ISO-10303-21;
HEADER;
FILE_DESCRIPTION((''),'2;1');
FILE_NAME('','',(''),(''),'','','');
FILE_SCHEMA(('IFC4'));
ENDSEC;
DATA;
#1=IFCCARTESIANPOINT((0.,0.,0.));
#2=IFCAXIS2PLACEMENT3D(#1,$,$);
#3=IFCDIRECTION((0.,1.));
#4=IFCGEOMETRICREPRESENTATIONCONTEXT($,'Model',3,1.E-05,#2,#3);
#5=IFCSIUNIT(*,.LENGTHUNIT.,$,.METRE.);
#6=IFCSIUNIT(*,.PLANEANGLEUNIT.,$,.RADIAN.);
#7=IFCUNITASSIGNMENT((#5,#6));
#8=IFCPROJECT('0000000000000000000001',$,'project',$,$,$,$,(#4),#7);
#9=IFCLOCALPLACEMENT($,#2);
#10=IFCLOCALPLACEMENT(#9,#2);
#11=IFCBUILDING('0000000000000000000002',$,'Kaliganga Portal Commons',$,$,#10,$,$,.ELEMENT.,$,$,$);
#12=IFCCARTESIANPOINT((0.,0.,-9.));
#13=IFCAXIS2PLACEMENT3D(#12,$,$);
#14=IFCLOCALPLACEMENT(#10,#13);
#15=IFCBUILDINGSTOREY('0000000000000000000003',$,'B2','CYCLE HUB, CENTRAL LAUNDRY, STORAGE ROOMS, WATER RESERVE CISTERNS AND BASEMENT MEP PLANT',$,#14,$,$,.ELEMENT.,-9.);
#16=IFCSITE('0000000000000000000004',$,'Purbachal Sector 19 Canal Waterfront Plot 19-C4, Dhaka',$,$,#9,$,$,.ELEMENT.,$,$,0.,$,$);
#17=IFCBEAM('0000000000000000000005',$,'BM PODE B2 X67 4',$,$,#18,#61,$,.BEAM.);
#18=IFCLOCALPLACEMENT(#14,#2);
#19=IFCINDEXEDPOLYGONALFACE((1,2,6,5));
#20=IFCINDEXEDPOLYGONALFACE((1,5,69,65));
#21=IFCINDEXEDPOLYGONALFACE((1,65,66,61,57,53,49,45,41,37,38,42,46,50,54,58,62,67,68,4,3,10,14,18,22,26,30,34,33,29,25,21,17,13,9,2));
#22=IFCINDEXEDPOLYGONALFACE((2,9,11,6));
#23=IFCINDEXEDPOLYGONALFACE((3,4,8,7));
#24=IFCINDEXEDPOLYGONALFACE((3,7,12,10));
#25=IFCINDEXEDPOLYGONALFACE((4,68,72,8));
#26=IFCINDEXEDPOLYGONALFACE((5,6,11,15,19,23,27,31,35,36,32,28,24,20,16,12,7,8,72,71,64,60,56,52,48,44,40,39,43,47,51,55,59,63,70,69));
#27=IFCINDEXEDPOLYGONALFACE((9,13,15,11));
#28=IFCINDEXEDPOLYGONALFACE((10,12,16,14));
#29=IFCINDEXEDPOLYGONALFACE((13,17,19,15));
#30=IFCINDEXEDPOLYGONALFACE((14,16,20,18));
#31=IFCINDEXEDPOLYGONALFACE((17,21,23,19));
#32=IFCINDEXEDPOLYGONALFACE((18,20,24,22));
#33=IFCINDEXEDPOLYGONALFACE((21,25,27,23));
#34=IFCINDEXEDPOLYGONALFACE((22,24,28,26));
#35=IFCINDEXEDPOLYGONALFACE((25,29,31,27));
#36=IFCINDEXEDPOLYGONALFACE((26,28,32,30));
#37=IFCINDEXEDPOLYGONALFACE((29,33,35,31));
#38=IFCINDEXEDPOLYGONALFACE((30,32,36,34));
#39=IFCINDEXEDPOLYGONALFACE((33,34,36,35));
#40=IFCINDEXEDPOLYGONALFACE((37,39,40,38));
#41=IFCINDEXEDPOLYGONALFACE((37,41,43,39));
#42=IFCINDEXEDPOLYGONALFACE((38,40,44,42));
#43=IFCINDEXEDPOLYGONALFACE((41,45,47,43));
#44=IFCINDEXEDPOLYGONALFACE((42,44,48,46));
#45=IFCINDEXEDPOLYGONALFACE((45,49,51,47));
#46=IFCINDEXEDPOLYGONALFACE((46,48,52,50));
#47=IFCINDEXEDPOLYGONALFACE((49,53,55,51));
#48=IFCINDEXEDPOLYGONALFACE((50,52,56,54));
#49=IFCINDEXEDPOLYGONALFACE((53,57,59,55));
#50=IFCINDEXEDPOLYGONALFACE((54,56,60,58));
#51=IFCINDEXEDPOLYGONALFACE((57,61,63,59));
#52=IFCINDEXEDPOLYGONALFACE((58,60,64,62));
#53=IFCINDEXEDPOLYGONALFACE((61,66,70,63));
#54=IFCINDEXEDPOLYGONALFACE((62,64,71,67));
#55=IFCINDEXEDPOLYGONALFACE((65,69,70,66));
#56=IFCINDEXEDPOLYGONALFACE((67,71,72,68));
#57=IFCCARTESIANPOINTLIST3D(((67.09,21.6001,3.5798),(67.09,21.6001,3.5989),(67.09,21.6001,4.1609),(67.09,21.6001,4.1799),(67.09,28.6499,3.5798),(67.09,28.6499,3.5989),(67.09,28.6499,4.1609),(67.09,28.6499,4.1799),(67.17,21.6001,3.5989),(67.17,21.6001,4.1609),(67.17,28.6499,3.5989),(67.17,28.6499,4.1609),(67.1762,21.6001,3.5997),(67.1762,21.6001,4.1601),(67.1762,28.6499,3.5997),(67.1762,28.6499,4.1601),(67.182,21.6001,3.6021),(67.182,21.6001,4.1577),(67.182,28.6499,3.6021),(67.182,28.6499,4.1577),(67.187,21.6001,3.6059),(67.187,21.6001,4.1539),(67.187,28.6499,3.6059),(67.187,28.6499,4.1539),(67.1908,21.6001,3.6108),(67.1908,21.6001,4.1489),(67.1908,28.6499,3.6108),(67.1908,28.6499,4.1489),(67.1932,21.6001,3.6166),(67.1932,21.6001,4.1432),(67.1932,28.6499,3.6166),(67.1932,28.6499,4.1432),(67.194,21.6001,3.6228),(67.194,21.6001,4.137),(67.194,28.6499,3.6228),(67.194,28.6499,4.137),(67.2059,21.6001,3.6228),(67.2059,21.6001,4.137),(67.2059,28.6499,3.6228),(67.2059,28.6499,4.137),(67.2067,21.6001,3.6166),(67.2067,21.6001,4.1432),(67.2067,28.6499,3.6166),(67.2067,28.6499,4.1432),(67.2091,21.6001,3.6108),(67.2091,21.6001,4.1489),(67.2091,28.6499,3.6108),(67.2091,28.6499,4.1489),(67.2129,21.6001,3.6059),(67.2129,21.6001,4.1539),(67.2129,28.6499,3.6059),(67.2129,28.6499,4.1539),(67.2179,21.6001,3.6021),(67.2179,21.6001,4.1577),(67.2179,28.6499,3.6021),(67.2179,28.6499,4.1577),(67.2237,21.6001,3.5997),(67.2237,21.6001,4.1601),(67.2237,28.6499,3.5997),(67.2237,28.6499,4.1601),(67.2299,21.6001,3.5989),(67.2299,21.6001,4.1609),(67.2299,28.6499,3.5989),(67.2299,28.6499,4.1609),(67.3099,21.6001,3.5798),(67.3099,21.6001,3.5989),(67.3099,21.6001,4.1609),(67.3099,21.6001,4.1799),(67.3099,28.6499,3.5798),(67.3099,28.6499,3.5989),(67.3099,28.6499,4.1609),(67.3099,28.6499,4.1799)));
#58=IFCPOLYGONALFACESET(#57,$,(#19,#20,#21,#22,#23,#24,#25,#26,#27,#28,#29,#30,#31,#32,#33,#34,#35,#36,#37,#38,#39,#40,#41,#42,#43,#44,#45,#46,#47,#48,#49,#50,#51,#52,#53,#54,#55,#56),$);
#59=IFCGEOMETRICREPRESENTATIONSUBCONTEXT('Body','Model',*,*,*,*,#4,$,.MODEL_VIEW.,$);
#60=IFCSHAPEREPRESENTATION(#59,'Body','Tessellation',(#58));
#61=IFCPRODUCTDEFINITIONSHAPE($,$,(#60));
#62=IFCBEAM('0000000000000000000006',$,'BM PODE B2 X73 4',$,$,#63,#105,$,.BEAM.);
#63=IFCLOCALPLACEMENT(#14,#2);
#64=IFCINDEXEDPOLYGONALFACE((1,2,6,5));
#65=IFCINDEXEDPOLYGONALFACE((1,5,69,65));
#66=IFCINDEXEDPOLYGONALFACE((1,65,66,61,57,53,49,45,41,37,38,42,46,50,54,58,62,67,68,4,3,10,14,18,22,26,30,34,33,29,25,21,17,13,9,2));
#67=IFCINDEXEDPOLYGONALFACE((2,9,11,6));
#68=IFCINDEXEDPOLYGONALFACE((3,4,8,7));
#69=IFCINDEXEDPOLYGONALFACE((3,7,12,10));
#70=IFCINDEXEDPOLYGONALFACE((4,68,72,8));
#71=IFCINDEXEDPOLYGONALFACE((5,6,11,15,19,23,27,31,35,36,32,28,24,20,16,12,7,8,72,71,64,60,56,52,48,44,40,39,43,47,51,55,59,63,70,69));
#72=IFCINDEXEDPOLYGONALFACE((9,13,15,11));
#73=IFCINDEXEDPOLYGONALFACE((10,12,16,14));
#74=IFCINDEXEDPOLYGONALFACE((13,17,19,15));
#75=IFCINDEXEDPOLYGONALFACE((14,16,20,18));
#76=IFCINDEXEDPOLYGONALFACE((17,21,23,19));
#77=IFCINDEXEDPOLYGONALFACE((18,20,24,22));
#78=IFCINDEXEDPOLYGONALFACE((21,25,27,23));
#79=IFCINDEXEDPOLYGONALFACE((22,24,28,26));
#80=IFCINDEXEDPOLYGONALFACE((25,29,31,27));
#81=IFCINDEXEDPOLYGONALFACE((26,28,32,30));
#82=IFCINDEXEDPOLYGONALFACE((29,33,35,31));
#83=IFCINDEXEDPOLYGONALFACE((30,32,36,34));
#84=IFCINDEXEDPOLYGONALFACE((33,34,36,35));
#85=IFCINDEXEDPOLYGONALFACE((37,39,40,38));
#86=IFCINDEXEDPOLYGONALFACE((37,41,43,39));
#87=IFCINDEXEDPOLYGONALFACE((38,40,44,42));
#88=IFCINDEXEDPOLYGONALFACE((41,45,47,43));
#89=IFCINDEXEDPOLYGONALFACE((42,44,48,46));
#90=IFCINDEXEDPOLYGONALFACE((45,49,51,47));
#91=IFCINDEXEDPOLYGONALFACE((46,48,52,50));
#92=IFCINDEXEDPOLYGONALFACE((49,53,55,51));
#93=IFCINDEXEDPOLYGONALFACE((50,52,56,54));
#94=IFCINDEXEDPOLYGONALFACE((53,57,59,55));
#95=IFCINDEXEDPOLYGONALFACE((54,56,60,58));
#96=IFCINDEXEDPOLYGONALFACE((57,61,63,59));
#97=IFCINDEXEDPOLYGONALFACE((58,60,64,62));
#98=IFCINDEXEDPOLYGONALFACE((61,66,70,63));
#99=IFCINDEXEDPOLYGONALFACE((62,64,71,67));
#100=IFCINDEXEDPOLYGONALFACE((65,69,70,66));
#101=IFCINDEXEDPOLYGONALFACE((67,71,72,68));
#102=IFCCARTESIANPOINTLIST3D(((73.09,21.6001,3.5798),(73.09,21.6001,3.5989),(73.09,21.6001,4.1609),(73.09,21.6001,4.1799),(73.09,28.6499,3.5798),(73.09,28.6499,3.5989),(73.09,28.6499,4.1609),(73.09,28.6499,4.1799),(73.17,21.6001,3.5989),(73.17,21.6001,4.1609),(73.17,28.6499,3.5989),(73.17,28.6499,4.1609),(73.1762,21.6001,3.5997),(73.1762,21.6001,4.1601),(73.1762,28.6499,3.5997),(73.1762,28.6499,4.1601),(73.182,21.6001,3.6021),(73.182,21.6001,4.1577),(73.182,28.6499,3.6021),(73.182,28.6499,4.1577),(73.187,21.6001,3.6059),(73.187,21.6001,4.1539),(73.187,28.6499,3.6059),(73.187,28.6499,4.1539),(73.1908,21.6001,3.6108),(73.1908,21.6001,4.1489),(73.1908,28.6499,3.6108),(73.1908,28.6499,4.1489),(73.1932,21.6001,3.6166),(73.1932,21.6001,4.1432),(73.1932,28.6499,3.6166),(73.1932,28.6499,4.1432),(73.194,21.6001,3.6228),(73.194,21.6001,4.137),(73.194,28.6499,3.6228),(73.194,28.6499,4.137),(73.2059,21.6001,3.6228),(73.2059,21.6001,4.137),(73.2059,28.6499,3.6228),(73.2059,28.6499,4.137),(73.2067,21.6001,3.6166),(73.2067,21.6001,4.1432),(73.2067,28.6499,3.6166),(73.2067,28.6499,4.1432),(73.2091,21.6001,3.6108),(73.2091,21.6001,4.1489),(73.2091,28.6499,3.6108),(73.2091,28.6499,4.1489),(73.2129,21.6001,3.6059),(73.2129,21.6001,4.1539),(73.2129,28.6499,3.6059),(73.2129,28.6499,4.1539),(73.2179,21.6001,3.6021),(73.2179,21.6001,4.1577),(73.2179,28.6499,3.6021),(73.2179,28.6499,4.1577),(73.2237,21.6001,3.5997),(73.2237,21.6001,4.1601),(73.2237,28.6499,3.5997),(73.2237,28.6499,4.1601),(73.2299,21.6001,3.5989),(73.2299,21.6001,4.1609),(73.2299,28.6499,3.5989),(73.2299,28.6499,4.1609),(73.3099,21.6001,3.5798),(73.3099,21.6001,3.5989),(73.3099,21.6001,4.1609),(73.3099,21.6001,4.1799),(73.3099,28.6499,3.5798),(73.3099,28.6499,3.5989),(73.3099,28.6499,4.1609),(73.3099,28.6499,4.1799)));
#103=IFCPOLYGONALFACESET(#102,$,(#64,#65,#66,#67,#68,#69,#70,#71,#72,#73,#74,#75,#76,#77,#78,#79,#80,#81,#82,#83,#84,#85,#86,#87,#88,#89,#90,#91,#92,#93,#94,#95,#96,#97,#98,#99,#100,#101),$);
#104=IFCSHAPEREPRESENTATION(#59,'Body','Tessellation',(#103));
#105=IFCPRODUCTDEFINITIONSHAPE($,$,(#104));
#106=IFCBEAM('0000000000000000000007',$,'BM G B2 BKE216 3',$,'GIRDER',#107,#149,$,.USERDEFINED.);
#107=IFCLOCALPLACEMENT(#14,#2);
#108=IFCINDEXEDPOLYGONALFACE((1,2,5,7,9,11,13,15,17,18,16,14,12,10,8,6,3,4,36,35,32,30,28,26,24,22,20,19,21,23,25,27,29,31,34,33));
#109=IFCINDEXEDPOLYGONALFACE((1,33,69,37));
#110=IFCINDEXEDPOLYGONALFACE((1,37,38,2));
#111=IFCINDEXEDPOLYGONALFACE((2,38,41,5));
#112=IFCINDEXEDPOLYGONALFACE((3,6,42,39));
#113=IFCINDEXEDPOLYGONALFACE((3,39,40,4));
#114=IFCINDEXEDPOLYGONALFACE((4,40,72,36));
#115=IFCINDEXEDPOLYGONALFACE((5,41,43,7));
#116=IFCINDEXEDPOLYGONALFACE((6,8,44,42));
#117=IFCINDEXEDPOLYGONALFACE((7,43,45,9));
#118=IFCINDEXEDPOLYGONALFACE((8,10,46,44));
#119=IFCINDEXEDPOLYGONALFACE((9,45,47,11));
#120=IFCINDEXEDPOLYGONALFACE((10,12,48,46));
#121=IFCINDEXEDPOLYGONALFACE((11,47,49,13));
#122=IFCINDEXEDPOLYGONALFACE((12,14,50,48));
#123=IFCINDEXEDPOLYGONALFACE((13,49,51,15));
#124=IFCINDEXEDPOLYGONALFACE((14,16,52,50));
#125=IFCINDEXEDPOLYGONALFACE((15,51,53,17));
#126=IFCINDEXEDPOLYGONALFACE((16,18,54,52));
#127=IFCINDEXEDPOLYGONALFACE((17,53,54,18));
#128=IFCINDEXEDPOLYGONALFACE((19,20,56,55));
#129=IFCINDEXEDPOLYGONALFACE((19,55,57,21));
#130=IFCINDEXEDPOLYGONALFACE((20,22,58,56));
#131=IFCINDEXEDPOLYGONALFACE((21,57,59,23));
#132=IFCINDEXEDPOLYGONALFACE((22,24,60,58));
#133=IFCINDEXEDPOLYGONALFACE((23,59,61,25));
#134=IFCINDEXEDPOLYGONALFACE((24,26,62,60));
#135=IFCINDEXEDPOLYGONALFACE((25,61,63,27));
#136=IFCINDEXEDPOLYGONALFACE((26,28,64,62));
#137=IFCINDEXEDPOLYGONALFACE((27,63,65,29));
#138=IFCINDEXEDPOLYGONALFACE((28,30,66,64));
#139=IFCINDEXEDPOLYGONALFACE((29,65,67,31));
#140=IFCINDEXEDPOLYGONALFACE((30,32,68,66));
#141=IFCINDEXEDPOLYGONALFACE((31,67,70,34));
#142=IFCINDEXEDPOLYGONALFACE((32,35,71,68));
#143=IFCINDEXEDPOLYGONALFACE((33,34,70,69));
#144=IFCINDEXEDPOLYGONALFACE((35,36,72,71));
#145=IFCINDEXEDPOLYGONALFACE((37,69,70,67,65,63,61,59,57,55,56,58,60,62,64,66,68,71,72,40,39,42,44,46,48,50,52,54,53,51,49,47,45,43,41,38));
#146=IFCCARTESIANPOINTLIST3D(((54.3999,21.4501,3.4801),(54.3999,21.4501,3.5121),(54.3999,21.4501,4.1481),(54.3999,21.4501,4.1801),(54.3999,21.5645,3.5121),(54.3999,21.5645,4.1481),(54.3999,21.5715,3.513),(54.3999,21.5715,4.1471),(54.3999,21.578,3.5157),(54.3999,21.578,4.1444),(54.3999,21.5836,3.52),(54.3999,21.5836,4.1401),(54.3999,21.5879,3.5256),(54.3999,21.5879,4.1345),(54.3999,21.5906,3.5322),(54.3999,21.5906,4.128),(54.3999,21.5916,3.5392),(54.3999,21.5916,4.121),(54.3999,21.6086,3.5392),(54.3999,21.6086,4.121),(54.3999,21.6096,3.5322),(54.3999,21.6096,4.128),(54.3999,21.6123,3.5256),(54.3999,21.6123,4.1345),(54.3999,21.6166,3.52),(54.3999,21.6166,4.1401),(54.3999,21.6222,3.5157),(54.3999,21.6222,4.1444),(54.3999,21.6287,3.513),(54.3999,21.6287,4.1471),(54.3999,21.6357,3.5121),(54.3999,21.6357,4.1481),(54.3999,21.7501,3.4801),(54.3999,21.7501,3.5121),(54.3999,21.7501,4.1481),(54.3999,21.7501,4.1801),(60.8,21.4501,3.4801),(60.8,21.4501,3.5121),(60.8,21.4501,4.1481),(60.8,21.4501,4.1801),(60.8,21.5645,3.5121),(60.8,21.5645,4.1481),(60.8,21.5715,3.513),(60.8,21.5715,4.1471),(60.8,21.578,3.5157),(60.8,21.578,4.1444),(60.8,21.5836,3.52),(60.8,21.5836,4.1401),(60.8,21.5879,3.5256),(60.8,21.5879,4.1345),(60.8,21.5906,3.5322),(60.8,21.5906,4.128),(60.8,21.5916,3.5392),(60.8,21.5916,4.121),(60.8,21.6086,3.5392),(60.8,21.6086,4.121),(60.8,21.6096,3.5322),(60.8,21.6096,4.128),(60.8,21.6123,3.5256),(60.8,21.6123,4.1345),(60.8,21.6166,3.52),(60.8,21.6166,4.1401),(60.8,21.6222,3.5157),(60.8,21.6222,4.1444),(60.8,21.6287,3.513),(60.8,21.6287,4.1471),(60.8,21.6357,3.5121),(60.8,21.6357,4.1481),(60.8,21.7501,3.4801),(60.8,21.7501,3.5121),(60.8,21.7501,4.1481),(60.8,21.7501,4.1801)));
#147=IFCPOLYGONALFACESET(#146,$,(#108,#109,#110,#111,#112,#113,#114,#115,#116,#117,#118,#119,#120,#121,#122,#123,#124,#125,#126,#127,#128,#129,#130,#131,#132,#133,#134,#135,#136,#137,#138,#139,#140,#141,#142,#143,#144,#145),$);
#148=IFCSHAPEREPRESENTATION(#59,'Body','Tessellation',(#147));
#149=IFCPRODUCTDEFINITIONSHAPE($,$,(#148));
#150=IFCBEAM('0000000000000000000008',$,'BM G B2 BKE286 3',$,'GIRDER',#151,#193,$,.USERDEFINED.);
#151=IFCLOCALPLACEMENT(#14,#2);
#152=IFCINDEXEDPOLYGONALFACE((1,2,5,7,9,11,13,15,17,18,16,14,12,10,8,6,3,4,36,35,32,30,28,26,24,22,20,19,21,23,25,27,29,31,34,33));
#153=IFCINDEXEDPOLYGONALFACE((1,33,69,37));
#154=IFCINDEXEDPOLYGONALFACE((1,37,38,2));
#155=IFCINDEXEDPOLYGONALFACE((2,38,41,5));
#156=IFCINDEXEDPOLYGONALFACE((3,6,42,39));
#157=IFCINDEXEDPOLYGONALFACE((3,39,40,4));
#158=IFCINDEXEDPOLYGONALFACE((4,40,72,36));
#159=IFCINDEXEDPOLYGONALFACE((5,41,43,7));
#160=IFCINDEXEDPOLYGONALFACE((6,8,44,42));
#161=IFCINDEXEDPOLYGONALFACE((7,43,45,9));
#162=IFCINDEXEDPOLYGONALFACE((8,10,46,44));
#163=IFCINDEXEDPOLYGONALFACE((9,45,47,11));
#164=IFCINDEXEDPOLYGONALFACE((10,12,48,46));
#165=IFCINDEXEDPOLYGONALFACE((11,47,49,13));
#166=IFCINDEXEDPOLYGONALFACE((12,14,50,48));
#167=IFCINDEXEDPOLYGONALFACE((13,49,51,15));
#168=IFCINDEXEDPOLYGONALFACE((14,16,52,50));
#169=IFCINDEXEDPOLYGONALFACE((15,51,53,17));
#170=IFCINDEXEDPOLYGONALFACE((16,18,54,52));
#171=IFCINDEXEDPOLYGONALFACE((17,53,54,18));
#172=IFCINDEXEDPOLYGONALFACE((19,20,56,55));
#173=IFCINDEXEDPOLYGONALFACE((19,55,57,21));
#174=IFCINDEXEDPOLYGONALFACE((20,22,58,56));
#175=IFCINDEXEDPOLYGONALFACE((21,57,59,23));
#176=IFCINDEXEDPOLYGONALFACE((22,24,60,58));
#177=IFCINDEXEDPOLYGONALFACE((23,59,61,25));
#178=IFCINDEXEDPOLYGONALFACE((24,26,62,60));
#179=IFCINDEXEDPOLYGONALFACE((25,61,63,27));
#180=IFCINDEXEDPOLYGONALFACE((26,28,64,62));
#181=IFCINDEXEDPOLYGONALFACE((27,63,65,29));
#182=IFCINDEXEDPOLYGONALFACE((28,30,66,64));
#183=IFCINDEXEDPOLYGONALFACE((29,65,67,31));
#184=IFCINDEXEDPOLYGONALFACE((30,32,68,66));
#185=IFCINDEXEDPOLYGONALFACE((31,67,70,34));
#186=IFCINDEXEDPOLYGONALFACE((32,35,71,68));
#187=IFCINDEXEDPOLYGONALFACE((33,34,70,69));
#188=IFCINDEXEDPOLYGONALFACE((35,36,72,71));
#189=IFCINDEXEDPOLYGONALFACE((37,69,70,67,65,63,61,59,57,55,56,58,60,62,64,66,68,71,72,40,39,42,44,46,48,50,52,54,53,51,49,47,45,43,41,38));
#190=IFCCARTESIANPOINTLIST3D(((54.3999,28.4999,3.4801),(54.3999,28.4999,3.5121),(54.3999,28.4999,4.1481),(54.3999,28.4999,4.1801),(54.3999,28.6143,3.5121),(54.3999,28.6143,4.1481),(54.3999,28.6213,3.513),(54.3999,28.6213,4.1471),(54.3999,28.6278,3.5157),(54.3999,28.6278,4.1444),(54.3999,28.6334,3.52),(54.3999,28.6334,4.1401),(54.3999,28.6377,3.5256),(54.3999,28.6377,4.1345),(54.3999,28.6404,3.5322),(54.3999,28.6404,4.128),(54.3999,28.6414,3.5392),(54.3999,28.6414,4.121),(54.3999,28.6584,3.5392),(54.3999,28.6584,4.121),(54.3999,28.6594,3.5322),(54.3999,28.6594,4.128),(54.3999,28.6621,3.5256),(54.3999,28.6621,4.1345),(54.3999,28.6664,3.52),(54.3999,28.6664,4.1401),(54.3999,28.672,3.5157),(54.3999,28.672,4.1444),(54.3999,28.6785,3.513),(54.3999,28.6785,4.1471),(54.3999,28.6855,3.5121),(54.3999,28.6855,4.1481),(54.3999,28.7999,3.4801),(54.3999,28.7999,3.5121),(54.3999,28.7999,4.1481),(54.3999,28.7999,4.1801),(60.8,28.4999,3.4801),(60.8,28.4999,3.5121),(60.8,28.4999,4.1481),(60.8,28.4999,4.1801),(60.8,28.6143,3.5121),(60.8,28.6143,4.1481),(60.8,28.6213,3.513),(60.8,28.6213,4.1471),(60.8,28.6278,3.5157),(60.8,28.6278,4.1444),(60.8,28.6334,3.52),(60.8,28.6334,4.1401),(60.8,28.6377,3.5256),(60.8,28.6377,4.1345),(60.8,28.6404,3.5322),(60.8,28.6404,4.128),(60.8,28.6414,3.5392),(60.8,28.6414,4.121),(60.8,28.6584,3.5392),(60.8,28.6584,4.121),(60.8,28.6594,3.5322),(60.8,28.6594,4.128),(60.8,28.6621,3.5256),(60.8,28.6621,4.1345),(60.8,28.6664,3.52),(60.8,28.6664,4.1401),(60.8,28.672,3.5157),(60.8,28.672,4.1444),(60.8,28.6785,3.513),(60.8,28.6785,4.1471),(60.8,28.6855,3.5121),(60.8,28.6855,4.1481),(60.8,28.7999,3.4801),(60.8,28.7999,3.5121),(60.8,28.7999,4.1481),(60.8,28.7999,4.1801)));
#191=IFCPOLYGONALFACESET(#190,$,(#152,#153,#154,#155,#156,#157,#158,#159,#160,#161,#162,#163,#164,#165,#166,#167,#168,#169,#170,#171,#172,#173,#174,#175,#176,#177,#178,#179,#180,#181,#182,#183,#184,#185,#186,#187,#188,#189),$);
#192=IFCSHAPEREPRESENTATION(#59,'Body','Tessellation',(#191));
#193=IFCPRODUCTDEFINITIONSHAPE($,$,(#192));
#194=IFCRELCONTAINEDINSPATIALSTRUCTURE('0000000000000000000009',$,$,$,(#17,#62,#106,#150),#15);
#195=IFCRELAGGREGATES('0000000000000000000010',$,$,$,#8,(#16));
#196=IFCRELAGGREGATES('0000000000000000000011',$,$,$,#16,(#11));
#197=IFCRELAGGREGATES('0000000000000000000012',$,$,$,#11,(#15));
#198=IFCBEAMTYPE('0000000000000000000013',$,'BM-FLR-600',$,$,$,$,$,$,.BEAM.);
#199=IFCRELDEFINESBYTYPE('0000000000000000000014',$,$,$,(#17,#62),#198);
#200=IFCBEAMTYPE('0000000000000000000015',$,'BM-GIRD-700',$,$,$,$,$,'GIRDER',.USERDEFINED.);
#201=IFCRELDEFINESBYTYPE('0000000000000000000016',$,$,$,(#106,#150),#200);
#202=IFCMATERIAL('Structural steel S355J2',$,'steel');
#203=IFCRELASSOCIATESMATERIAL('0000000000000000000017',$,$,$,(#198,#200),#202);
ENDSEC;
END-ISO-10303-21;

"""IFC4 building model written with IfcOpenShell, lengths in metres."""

from ifc_helpers import new_model, si_unit, direction, frame, origin, origin_2d, place, context, subcontext, project, spatial, i_section, extrude, source, transform, mapped, material, material_profile, profile_set, type_object, element, save


model = new_model("IFC4")

# Units and contexts
model_context = context("Model", 3, precision=1e-05, world=origin(), true_north=direction((0.0, 1.0)))
body_context = subcontext(model_context, "Body", "Model", "MODEL_VIEW")
ifc_project = project(units=[si_unit("LENGTHUNIT", "METRE"), si_unit("PLANEANGLEUNIT", "RADIAN")], contexts=[model_context])

# Site, building, storey
site_placement = place(None, origin())
site = spatial("IfcSite", under=ifc_project, at=site_placement, Name="Purbachal Sector 19 Canal Waterfront Plot 19-C4, Dhaka", CompositionType="ELEMENT", RefElevation=0.0)
building_placement = place(site_placement, origin())
building = spatial("IfcBuilding", under=site, at=building_placement, Name="Kaliganga Portal Commons", CompositionType="ELEMENT")
storey_placement = place(building_placement, frame((0.0, 0.0, -9.0)))
storey = spatial("IfcBuildingStorey", under=building, at=storey_placement, Name="B2", Description="CYCLE HUB, CENTRAL LAUNDRY, STORAGE ROOMS, WATER RESERVE CISTERNS AND BASEMENT MEP PLANT", CompositionType="ELEMENT", Elevation=-9.0)

# Beams
ifc_material_1 = material(Name="Structural steel S355J2", Category="steel")
ifc_material_profile_1 = material_profile(ifc_material_1, i_section(OverallWidth=0.22, OverallDepth=0.6001, WebThickness=0.012, FlangeThickness=0.019, FilletRadius=0.0239, at=origin_2d()), Name="IPE 600")
ifc_profile_set_1 = profile_set([ifc_material_profile_1], Name="Structural steel S355J2 wide-flange")
beam_type_1 = type_object("IfcBeamType", Name="BM-FLR-600", PredefinedType="BEAM", material=ifc_profile_set_1)
shared_shape_1 = source(origin(), body_context, "Body", "SweptSolid", [
    extrude(i_section(OverallWidth=0.22, OverallDepth=0.6001, WebThickness=0.012, FlangeThickness=0.019, FilletRadius=0.0239, at=origin_2d()), origin(), (0.0, 0.0, 1.0), 7.0498),
])
for number, where, z_axis, x_axis, name in (
    (1, (67.2, 21.6001, 3.8799), (0.0, 1.0, 0.0), (-1.0, 0.0, 0.0), "BM PODE B2 X67 4"),
    (2, (73.2, 21.6001, 3.8799), (0.0, 1.0, 0.0), (-1.0, 0.0, 0.0), "BM PODE B2 X73 4"),
):
    element("IfcBeam", number, at=place(storey_placement, frame(where, z_axis=z_axis, x_axis=x_axis)), inside=storey, type_object=beam_type_1, Name=name, PredefinedType="BEAM", context=body_context, shape_type="MappedRepresentation", body=[
        mapped(shared_shape_1, transform((0.0, 0.0, 0.0), x_axis=(1.0, 0.0, 0.0), y_axis=(0.0, 1.0, 0.0), z_axis=(0.0, 0.0, 1.0), scale=1.0)),
    ])
ifc_material_profile_2 = material_profile(ifc_material_1, i_section(OverallWidth=0.3, OverallDepth=0.7, WebThickness=0.0171, FlangeThickness=0.032, FilletRadius=0.0271, at=origin_2d()), Name="HE 700 B")
ifc_profile_set_2 = profile_set([ifc_material_profile_2], Name="Structural steel S355J2 wide-flange")
beam_type_2 = type_object("IfcBeamType", Name="BM-GIRD-700", ElementType="GIRDER", PredefinedType="USERDEFINED", material=ifc_profile_set_2)
shared_shape_2 = source(origin(), body_context, "Body", "SweptSolid", [
    extrude(i_section(OverallWidth=0.3, OverallDepth=0.7, WebThickness=0.0171, FlangeThickness=0.032, FilletRadius=0.0271, at=origin_2d()), origin(), (0.0, 0.0, 1.0), 6.4001),
])
for number, where, z_axis, x_axis, name in (
    (3, (54.3999, 21.6001, 3.8301), (1.0, 0.0, 0.0), (0.0, 1.0, 0.0), "BM G B2 BKE216 3"),
    (4, (54.3999, 28.6499, 3.8301), (1.0, 0.0, 0.0), (0.0, 1.0, 0.0), "BM G B2 BKE286 3"),
):
    element("IfcBeam", number, at=place(storey_placement, frame(where, z_axis=z_axis, x_axis=x_axis)), inside=storey, type_object=beam_type_2, Name=name, ObjectType="GIRDER", PredefinedType="USERDEFINED", context=body_context, shape_type="MappedRepresentation", body=[
        mapped(shared_shape_2, transform((0.0, 0.0, 0.0), x_axis=(1.0, 0.0, 0.0), y_axis=(0.0, 1.0, 0.0), z_axis=(0.0, 0.0, 1.0), scale=1.0)),
    ])

save(model, "model.ifc")
